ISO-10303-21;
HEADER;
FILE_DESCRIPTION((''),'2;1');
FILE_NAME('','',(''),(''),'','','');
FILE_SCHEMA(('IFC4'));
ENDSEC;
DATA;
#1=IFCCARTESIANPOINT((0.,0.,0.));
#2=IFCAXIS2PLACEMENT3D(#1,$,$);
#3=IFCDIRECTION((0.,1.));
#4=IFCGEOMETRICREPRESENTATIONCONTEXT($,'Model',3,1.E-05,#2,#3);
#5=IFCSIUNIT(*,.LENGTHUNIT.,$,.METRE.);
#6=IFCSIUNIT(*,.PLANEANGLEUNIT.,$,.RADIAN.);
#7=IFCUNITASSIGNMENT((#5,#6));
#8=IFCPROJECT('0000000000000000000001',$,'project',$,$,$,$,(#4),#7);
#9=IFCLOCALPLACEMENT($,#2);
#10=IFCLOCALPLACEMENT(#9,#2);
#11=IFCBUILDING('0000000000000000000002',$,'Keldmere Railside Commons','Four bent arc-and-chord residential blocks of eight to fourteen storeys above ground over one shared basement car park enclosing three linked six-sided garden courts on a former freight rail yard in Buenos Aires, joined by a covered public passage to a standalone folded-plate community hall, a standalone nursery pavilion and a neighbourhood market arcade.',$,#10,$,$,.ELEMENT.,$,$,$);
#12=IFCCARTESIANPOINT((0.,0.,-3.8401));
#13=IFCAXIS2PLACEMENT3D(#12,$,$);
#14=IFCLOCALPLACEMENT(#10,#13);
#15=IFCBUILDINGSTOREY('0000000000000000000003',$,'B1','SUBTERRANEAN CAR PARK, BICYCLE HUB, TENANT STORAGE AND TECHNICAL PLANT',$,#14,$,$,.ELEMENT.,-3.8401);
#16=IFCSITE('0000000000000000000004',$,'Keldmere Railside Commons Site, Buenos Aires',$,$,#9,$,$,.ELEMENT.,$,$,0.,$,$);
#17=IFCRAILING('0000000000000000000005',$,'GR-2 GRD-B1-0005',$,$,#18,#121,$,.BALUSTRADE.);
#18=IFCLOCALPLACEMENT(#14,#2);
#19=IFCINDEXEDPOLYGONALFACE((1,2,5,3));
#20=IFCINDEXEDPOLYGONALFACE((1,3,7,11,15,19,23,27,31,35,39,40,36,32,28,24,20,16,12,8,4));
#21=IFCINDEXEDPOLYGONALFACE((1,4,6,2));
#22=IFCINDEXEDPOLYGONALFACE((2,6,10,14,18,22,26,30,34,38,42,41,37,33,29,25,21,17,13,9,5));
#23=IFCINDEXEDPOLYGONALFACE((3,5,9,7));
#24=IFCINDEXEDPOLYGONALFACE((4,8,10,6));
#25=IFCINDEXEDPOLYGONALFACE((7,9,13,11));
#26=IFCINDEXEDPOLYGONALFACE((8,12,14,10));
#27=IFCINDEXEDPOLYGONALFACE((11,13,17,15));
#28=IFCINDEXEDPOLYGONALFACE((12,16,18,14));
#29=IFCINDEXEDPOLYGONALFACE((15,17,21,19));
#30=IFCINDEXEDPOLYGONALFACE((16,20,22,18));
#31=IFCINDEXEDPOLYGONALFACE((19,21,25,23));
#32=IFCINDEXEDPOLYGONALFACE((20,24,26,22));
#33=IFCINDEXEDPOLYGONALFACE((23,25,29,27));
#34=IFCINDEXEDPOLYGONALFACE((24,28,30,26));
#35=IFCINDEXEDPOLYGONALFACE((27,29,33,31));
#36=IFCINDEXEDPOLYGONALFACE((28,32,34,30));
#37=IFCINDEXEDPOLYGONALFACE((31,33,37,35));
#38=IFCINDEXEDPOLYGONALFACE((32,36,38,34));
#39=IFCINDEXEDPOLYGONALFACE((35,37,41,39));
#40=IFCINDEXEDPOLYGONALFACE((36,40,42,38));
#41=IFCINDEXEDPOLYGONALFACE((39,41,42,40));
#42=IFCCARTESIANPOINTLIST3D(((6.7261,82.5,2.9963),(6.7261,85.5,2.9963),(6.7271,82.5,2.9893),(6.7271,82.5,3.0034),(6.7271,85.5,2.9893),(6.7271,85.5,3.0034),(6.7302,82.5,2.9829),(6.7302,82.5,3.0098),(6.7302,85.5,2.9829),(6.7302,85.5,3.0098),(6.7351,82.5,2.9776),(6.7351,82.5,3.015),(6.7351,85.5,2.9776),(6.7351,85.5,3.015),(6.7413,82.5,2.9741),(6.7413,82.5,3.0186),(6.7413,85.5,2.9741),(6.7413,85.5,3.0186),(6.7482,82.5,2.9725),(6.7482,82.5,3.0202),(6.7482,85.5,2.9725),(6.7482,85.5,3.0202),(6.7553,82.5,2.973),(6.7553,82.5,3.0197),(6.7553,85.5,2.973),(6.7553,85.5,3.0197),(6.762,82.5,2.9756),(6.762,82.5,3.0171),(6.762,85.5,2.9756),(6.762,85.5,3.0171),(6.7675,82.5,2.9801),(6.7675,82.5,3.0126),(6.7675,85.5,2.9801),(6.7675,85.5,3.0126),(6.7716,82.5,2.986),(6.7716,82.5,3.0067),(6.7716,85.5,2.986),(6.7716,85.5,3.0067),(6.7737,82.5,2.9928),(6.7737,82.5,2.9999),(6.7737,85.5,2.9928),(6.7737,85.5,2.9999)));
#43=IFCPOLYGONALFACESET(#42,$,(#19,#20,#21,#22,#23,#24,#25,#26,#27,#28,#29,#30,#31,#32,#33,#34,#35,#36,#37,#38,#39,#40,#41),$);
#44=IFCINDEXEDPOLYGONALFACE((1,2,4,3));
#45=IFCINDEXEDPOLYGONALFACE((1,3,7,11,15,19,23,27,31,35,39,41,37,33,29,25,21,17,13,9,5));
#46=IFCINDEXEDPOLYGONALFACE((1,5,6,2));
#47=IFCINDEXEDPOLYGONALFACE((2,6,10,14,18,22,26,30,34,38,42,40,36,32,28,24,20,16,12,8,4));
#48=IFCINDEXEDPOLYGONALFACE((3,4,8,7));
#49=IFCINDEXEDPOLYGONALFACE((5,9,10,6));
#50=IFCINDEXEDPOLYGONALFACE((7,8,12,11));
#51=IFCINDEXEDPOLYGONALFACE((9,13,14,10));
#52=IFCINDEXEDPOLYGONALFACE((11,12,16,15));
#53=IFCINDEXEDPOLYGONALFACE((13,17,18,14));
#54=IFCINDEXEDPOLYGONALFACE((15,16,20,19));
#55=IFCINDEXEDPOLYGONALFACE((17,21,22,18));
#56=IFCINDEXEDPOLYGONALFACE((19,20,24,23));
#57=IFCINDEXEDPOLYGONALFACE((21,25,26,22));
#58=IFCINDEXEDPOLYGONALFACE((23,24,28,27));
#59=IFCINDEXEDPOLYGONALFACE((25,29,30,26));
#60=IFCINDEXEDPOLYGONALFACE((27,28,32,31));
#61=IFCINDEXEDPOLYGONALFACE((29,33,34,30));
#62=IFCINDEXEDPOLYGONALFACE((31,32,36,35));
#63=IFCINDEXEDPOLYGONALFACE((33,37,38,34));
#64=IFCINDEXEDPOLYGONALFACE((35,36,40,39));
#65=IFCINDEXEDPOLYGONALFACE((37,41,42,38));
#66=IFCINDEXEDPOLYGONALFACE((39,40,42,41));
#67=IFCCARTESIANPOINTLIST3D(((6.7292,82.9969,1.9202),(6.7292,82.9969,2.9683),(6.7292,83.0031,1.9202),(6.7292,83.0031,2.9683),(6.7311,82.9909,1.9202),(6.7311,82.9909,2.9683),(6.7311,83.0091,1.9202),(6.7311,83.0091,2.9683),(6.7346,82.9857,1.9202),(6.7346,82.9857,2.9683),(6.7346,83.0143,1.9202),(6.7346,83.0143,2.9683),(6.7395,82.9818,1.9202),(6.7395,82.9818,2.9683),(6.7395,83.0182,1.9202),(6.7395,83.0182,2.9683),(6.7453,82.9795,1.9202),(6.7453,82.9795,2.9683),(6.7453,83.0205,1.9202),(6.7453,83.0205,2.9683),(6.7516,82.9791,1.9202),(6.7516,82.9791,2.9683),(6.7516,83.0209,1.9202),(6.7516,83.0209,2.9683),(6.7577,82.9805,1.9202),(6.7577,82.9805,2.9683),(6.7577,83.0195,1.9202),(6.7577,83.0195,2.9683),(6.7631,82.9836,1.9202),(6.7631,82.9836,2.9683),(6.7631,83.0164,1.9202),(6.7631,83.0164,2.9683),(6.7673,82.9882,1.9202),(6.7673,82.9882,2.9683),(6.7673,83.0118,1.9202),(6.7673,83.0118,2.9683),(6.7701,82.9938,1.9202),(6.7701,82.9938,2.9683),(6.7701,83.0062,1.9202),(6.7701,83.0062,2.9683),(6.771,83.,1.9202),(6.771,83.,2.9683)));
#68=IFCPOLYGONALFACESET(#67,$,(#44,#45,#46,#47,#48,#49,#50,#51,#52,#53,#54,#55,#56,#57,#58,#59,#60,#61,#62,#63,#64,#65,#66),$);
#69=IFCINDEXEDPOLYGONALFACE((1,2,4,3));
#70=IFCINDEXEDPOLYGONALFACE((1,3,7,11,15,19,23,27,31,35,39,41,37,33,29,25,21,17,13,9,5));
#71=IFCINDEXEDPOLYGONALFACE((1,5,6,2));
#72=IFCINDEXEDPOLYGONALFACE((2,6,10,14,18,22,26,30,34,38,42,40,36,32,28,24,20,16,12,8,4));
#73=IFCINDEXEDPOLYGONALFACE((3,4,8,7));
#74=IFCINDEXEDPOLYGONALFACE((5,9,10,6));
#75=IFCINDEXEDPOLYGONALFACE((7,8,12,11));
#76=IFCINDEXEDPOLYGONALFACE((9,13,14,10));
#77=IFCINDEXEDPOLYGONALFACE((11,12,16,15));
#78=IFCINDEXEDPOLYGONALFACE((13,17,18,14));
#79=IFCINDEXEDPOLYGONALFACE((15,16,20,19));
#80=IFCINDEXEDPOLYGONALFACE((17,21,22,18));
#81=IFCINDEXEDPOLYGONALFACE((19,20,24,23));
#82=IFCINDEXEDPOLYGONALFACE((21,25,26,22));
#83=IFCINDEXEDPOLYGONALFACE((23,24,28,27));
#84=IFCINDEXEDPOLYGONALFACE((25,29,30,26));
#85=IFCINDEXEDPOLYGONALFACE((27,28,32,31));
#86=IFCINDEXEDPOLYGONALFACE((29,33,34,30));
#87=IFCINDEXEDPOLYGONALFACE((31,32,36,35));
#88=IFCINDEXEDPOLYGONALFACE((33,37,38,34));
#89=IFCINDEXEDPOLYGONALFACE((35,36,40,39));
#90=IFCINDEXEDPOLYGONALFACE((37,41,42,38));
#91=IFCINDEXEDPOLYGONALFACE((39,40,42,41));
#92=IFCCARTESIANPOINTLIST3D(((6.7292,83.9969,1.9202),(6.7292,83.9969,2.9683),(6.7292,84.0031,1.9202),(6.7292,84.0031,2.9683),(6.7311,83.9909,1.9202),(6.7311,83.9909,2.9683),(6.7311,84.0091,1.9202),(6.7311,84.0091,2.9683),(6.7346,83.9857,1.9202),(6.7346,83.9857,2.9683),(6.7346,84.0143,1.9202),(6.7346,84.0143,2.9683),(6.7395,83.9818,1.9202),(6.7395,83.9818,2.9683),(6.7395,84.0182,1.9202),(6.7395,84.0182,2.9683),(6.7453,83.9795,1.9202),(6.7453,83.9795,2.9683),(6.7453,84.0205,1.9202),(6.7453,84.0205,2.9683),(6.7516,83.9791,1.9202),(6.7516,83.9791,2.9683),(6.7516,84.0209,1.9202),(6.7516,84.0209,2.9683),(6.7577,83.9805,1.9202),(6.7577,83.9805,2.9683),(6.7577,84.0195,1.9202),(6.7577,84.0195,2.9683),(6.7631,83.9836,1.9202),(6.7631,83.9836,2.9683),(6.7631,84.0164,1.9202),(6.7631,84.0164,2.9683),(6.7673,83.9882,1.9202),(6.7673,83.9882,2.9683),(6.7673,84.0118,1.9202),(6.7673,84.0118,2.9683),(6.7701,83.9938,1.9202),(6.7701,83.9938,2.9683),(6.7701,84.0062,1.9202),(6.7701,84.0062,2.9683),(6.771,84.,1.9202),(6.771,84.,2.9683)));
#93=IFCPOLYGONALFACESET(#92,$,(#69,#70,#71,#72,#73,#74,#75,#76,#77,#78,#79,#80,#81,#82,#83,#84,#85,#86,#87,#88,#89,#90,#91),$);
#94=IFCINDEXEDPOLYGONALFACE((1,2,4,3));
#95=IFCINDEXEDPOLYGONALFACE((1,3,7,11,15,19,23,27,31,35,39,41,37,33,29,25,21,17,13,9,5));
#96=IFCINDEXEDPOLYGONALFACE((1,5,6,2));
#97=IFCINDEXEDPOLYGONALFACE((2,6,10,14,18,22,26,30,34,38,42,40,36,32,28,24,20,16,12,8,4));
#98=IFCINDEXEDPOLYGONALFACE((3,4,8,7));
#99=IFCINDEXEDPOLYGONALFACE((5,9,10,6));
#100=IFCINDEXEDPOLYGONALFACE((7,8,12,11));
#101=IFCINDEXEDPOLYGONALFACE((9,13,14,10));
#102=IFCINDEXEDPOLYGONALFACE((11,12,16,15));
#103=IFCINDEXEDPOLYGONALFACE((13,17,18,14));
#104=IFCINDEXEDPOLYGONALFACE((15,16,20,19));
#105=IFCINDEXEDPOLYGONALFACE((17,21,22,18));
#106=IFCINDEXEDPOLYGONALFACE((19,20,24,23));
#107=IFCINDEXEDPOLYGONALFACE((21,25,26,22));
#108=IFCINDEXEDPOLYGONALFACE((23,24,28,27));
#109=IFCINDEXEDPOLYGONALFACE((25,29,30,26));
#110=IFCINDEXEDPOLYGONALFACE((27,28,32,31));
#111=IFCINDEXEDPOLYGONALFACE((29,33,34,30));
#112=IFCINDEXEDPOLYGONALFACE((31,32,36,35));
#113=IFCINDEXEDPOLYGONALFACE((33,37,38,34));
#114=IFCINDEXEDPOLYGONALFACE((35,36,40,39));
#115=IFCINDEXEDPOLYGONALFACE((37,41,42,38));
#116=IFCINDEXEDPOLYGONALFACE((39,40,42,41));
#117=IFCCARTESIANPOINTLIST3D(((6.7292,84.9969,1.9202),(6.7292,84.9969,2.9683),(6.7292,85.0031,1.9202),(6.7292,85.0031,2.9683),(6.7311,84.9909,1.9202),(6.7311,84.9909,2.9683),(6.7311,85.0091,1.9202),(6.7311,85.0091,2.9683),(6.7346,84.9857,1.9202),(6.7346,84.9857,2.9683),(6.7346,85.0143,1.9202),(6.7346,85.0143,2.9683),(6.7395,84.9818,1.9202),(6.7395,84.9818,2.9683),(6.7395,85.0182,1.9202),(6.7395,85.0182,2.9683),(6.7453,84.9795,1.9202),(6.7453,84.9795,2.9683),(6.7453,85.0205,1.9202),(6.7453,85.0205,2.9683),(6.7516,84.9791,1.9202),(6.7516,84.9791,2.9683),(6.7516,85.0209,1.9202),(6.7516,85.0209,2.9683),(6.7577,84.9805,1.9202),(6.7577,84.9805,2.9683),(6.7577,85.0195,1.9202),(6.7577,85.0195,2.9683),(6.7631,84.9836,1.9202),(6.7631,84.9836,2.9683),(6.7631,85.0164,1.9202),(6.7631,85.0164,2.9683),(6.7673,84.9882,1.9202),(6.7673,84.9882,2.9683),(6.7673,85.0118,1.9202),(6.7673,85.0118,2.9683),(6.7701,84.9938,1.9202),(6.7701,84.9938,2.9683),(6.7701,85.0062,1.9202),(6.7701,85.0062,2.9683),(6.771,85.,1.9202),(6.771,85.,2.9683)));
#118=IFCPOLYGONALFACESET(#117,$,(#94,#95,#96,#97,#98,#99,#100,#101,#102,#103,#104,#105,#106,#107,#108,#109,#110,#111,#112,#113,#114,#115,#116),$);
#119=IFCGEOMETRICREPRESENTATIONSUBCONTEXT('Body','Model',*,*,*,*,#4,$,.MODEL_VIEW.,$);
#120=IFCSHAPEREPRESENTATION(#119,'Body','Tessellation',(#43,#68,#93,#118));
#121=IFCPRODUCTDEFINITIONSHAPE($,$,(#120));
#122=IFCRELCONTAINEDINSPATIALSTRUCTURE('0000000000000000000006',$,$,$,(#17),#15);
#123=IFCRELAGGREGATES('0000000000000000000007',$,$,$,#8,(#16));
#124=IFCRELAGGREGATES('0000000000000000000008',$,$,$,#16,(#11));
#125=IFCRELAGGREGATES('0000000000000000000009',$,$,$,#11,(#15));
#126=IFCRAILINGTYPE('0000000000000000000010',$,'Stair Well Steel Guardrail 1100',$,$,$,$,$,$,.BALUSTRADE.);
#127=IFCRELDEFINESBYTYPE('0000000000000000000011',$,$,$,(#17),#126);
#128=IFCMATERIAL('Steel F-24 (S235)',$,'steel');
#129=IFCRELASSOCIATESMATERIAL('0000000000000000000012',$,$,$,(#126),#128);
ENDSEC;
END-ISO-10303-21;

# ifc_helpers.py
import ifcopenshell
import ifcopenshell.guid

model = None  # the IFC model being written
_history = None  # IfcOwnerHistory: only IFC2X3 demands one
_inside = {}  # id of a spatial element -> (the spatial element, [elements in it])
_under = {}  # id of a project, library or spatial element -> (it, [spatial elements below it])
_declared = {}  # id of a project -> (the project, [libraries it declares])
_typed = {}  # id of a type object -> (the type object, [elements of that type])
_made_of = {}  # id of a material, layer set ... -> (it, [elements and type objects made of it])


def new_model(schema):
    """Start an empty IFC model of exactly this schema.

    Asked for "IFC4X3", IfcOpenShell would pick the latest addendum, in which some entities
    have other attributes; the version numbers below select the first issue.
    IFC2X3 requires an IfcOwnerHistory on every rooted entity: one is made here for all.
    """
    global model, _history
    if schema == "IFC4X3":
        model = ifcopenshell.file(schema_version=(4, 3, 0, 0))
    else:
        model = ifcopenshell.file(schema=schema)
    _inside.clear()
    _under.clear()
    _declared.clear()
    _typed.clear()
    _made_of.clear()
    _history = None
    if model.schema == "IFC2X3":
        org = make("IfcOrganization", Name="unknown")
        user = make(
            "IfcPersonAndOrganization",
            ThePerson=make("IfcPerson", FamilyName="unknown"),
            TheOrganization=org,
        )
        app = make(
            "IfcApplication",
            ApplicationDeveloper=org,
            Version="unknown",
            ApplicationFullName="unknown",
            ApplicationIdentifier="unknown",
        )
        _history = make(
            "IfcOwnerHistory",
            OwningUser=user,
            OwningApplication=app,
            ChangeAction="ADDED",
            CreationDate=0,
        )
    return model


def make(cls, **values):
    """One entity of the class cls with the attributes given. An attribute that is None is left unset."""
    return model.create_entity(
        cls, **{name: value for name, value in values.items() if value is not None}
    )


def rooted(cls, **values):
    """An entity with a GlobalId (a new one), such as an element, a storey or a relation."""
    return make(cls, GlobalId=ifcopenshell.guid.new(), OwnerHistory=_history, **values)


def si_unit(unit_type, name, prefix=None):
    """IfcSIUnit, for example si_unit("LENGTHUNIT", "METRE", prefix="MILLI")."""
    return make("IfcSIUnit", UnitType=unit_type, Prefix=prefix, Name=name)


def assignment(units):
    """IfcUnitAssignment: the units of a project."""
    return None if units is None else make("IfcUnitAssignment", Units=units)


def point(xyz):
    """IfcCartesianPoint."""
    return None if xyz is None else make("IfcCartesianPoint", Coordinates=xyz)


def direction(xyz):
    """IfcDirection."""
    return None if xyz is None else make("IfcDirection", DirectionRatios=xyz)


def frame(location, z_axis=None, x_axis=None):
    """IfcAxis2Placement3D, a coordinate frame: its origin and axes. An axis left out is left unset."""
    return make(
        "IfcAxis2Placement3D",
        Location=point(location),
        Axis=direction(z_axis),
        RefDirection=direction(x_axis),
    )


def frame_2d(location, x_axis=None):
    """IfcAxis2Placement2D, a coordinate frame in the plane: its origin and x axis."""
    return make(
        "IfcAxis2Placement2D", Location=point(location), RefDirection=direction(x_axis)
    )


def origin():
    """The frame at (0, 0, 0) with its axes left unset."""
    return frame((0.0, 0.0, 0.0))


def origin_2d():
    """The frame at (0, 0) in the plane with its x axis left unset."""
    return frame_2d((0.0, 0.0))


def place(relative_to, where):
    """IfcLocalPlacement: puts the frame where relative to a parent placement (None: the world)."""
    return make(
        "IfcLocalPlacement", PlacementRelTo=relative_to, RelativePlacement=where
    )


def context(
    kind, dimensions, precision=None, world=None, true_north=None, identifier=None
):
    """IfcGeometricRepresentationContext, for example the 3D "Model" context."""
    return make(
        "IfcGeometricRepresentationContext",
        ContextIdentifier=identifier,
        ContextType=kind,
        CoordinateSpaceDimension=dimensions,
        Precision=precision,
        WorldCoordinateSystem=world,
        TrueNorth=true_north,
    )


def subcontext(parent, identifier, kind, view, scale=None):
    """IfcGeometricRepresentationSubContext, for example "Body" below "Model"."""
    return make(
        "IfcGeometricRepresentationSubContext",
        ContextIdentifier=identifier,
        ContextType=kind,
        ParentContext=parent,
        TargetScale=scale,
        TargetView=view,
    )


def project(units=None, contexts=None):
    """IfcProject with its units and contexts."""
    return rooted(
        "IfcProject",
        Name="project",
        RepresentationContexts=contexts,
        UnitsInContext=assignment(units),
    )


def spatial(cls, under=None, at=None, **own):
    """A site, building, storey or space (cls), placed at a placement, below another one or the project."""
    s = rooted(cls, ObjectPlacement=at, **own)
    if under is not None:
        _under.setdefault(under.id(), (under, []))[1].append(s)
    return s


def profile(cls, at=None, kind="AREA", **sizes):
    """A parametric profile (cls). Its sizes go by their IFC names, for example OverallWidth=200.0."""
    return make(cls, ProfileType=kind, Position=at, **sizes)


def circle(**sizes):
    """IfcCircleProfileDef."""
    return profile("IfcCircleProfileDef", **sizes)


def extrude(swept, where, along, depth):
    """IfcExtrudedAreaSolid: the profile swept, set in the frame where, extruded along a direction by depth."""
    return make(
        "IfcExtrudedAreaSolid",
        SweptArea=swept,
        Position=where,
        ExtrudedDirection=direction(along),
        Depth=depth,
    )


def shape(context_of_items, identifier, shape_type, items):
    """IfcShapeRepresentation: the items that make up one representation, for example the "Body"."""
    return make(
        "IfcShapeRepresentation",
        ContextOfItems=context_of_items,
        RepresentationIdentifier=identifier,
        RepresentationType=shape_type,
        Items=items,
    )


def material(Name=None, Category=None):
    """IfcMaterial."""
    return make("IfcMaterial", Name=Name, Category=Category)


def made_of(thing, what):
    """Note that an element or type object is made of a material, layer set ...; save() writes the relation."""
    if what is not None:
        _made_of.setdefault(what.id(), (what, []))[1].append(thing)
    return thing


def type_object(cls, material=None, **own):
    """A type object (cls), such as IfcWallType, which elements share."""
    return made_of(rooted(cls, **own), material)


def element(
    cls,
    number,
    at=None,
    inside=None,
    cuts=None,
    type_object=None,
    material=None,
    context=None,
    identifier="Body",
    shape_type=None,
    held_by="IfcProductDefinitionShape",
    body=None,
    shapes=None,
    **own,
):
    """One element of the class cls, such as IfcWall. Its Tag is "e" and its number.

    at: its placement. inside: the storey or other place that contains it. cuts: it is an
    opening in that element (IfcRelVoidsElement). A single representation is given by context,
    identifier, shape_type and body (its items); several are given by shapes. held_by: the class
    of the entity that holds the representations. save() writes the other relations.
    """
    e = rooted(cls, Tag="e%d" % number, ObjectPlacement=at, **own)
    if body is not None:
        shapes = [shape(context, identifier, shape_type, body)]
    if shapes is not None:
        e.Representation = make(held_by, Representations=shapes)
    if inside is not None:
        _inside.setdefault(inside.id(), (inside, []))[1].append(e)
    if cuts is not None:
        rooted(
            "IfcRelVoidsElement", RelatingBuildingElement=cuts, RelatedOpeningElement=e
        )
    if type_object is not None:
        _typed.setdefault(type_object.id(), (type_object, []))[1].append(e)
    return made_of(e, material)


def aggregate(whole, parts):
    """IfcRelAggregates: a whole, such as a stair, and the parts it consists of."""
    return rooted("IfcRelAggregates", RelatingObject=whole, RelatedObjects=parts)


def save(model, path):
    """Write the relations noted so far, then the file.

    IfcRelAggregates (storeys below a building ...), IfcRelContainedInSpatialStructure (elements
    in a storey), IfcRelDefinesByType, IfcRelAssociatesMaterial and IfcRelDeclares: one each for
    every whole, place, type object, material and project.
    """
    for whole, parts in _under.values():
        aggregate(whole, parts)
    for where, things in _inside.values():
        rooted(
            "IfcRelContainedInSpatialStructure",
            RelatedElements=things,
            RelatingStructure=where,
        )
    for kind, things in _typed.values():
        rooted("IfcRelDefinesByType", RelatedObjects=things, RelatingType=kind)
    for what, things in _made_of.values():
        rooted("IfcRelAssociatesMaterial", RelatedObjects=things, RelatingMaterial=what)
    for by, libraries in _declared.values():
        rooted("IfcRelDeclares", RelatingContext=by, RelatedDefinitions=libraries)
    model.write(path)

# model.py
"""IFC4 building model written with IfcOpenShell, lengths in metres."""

from ifc_helpers import new_model, si_unit, direction, frame, origin, origin_2d, place, context, subcontext, project, spatial, circle, extrude, material, type_object, element, save


model = new_model("IFC4")

# Units and contexts
model_context = context("Model", 3, precision=1e-05, world=origin(), true_north=direction((0.0, 1.0)))
body_context = subcontext(model_context, "Body", "Model", "MODEL_VIEW")
ifc_project = project(units=[si_unit("LENGTHUNIT", "METRE"), si_unit("PLANEANGLEUNIT", "RADIAN")], contexts=[model_context])

# Site, building, storey
site_placement = place(None, origin())
site = spatial("IfcSite", under=ifc_project, at=site_placement, Name="Keldmere Railside Commons Site, Buenos Aires", CompositionType="ELEMENT", RefElevation=0.0)
building_placement = place(site_placement, origin())
building = spatial("IfcBuilding", under=site, at=building_placement, Name="Keldmere Railside Commons", Description="Four bent arc-and-chord residential blocks of eight to fourteen storeys above ground over one shared basement car park enclosing three linked six-sided garden courts on a former freight rail yard in Buenos Aires, joined by a covered public passage to a standalone folded-plate community hall, a standalone nursery pavilion and a neighbourhood market arcade.", CompositionType="ELEMENT")
storey_placement = place(building_placement, frame((0.0, 0.0, -3.8401)))
storey = spatial("IfcBuildingStorey", under=building, at=storey_placement, Name="B1", Description="SUBTERRANEAN CAR PARK, BICYCLE HUB, TENANT STORAGE AND TECHNICAL PLANT", CompositionType="ELEMENT", Elevation=-3.8401)

# Railing
ifc_material_1 = material(Name="Steel F-24 (S235)", Category="steel")
railing_type = type_object("IfcRailingType", Name="Stair Well Steel Guardrail 1100", PredefinedType="BALUSTRADE", material=ifc_material_1)
railing_1_placement = place(storey_placement, frame((6.75, 82.5, 1.9202)))
element("IfcRailing", 1, at=railing_1_placement, inside=storey, type_object=railing_type, Name="GR-2 GRD-B1-0005", PredefinedType="BALUSTRADE", context=body_context, shape_type="SweptSolid", body=[
    extrude(circle(Radius=0.0239, at=origin_2d()), frame((0.0, 0.0, 1.0762), z_axis=(0.0, 1.0, 0.0), x_axis=(-1.0, 0.0, 0.0)), (0.0, 0.0, 1.0), 3.0),
    extrude(circle(Radius=0.021, at=origin_2d()), frame((0.0, 0.5, 0.0)), (0.0, 0.0, 1.0), 1.0481),
    extrude(circle(Radius=0.021, at=origin_2d()), frame((0.0, 1.5, 0.0)), (0.0, 0.0, 1.0), 1.0481),
    extrude(circle(Radius=0.021, at=origin_2d()), frame((0.0, 2.5, 0.0)), (0.0, 0.0, 1.0), 1.0481),
])

save(model, "model.ifc")
